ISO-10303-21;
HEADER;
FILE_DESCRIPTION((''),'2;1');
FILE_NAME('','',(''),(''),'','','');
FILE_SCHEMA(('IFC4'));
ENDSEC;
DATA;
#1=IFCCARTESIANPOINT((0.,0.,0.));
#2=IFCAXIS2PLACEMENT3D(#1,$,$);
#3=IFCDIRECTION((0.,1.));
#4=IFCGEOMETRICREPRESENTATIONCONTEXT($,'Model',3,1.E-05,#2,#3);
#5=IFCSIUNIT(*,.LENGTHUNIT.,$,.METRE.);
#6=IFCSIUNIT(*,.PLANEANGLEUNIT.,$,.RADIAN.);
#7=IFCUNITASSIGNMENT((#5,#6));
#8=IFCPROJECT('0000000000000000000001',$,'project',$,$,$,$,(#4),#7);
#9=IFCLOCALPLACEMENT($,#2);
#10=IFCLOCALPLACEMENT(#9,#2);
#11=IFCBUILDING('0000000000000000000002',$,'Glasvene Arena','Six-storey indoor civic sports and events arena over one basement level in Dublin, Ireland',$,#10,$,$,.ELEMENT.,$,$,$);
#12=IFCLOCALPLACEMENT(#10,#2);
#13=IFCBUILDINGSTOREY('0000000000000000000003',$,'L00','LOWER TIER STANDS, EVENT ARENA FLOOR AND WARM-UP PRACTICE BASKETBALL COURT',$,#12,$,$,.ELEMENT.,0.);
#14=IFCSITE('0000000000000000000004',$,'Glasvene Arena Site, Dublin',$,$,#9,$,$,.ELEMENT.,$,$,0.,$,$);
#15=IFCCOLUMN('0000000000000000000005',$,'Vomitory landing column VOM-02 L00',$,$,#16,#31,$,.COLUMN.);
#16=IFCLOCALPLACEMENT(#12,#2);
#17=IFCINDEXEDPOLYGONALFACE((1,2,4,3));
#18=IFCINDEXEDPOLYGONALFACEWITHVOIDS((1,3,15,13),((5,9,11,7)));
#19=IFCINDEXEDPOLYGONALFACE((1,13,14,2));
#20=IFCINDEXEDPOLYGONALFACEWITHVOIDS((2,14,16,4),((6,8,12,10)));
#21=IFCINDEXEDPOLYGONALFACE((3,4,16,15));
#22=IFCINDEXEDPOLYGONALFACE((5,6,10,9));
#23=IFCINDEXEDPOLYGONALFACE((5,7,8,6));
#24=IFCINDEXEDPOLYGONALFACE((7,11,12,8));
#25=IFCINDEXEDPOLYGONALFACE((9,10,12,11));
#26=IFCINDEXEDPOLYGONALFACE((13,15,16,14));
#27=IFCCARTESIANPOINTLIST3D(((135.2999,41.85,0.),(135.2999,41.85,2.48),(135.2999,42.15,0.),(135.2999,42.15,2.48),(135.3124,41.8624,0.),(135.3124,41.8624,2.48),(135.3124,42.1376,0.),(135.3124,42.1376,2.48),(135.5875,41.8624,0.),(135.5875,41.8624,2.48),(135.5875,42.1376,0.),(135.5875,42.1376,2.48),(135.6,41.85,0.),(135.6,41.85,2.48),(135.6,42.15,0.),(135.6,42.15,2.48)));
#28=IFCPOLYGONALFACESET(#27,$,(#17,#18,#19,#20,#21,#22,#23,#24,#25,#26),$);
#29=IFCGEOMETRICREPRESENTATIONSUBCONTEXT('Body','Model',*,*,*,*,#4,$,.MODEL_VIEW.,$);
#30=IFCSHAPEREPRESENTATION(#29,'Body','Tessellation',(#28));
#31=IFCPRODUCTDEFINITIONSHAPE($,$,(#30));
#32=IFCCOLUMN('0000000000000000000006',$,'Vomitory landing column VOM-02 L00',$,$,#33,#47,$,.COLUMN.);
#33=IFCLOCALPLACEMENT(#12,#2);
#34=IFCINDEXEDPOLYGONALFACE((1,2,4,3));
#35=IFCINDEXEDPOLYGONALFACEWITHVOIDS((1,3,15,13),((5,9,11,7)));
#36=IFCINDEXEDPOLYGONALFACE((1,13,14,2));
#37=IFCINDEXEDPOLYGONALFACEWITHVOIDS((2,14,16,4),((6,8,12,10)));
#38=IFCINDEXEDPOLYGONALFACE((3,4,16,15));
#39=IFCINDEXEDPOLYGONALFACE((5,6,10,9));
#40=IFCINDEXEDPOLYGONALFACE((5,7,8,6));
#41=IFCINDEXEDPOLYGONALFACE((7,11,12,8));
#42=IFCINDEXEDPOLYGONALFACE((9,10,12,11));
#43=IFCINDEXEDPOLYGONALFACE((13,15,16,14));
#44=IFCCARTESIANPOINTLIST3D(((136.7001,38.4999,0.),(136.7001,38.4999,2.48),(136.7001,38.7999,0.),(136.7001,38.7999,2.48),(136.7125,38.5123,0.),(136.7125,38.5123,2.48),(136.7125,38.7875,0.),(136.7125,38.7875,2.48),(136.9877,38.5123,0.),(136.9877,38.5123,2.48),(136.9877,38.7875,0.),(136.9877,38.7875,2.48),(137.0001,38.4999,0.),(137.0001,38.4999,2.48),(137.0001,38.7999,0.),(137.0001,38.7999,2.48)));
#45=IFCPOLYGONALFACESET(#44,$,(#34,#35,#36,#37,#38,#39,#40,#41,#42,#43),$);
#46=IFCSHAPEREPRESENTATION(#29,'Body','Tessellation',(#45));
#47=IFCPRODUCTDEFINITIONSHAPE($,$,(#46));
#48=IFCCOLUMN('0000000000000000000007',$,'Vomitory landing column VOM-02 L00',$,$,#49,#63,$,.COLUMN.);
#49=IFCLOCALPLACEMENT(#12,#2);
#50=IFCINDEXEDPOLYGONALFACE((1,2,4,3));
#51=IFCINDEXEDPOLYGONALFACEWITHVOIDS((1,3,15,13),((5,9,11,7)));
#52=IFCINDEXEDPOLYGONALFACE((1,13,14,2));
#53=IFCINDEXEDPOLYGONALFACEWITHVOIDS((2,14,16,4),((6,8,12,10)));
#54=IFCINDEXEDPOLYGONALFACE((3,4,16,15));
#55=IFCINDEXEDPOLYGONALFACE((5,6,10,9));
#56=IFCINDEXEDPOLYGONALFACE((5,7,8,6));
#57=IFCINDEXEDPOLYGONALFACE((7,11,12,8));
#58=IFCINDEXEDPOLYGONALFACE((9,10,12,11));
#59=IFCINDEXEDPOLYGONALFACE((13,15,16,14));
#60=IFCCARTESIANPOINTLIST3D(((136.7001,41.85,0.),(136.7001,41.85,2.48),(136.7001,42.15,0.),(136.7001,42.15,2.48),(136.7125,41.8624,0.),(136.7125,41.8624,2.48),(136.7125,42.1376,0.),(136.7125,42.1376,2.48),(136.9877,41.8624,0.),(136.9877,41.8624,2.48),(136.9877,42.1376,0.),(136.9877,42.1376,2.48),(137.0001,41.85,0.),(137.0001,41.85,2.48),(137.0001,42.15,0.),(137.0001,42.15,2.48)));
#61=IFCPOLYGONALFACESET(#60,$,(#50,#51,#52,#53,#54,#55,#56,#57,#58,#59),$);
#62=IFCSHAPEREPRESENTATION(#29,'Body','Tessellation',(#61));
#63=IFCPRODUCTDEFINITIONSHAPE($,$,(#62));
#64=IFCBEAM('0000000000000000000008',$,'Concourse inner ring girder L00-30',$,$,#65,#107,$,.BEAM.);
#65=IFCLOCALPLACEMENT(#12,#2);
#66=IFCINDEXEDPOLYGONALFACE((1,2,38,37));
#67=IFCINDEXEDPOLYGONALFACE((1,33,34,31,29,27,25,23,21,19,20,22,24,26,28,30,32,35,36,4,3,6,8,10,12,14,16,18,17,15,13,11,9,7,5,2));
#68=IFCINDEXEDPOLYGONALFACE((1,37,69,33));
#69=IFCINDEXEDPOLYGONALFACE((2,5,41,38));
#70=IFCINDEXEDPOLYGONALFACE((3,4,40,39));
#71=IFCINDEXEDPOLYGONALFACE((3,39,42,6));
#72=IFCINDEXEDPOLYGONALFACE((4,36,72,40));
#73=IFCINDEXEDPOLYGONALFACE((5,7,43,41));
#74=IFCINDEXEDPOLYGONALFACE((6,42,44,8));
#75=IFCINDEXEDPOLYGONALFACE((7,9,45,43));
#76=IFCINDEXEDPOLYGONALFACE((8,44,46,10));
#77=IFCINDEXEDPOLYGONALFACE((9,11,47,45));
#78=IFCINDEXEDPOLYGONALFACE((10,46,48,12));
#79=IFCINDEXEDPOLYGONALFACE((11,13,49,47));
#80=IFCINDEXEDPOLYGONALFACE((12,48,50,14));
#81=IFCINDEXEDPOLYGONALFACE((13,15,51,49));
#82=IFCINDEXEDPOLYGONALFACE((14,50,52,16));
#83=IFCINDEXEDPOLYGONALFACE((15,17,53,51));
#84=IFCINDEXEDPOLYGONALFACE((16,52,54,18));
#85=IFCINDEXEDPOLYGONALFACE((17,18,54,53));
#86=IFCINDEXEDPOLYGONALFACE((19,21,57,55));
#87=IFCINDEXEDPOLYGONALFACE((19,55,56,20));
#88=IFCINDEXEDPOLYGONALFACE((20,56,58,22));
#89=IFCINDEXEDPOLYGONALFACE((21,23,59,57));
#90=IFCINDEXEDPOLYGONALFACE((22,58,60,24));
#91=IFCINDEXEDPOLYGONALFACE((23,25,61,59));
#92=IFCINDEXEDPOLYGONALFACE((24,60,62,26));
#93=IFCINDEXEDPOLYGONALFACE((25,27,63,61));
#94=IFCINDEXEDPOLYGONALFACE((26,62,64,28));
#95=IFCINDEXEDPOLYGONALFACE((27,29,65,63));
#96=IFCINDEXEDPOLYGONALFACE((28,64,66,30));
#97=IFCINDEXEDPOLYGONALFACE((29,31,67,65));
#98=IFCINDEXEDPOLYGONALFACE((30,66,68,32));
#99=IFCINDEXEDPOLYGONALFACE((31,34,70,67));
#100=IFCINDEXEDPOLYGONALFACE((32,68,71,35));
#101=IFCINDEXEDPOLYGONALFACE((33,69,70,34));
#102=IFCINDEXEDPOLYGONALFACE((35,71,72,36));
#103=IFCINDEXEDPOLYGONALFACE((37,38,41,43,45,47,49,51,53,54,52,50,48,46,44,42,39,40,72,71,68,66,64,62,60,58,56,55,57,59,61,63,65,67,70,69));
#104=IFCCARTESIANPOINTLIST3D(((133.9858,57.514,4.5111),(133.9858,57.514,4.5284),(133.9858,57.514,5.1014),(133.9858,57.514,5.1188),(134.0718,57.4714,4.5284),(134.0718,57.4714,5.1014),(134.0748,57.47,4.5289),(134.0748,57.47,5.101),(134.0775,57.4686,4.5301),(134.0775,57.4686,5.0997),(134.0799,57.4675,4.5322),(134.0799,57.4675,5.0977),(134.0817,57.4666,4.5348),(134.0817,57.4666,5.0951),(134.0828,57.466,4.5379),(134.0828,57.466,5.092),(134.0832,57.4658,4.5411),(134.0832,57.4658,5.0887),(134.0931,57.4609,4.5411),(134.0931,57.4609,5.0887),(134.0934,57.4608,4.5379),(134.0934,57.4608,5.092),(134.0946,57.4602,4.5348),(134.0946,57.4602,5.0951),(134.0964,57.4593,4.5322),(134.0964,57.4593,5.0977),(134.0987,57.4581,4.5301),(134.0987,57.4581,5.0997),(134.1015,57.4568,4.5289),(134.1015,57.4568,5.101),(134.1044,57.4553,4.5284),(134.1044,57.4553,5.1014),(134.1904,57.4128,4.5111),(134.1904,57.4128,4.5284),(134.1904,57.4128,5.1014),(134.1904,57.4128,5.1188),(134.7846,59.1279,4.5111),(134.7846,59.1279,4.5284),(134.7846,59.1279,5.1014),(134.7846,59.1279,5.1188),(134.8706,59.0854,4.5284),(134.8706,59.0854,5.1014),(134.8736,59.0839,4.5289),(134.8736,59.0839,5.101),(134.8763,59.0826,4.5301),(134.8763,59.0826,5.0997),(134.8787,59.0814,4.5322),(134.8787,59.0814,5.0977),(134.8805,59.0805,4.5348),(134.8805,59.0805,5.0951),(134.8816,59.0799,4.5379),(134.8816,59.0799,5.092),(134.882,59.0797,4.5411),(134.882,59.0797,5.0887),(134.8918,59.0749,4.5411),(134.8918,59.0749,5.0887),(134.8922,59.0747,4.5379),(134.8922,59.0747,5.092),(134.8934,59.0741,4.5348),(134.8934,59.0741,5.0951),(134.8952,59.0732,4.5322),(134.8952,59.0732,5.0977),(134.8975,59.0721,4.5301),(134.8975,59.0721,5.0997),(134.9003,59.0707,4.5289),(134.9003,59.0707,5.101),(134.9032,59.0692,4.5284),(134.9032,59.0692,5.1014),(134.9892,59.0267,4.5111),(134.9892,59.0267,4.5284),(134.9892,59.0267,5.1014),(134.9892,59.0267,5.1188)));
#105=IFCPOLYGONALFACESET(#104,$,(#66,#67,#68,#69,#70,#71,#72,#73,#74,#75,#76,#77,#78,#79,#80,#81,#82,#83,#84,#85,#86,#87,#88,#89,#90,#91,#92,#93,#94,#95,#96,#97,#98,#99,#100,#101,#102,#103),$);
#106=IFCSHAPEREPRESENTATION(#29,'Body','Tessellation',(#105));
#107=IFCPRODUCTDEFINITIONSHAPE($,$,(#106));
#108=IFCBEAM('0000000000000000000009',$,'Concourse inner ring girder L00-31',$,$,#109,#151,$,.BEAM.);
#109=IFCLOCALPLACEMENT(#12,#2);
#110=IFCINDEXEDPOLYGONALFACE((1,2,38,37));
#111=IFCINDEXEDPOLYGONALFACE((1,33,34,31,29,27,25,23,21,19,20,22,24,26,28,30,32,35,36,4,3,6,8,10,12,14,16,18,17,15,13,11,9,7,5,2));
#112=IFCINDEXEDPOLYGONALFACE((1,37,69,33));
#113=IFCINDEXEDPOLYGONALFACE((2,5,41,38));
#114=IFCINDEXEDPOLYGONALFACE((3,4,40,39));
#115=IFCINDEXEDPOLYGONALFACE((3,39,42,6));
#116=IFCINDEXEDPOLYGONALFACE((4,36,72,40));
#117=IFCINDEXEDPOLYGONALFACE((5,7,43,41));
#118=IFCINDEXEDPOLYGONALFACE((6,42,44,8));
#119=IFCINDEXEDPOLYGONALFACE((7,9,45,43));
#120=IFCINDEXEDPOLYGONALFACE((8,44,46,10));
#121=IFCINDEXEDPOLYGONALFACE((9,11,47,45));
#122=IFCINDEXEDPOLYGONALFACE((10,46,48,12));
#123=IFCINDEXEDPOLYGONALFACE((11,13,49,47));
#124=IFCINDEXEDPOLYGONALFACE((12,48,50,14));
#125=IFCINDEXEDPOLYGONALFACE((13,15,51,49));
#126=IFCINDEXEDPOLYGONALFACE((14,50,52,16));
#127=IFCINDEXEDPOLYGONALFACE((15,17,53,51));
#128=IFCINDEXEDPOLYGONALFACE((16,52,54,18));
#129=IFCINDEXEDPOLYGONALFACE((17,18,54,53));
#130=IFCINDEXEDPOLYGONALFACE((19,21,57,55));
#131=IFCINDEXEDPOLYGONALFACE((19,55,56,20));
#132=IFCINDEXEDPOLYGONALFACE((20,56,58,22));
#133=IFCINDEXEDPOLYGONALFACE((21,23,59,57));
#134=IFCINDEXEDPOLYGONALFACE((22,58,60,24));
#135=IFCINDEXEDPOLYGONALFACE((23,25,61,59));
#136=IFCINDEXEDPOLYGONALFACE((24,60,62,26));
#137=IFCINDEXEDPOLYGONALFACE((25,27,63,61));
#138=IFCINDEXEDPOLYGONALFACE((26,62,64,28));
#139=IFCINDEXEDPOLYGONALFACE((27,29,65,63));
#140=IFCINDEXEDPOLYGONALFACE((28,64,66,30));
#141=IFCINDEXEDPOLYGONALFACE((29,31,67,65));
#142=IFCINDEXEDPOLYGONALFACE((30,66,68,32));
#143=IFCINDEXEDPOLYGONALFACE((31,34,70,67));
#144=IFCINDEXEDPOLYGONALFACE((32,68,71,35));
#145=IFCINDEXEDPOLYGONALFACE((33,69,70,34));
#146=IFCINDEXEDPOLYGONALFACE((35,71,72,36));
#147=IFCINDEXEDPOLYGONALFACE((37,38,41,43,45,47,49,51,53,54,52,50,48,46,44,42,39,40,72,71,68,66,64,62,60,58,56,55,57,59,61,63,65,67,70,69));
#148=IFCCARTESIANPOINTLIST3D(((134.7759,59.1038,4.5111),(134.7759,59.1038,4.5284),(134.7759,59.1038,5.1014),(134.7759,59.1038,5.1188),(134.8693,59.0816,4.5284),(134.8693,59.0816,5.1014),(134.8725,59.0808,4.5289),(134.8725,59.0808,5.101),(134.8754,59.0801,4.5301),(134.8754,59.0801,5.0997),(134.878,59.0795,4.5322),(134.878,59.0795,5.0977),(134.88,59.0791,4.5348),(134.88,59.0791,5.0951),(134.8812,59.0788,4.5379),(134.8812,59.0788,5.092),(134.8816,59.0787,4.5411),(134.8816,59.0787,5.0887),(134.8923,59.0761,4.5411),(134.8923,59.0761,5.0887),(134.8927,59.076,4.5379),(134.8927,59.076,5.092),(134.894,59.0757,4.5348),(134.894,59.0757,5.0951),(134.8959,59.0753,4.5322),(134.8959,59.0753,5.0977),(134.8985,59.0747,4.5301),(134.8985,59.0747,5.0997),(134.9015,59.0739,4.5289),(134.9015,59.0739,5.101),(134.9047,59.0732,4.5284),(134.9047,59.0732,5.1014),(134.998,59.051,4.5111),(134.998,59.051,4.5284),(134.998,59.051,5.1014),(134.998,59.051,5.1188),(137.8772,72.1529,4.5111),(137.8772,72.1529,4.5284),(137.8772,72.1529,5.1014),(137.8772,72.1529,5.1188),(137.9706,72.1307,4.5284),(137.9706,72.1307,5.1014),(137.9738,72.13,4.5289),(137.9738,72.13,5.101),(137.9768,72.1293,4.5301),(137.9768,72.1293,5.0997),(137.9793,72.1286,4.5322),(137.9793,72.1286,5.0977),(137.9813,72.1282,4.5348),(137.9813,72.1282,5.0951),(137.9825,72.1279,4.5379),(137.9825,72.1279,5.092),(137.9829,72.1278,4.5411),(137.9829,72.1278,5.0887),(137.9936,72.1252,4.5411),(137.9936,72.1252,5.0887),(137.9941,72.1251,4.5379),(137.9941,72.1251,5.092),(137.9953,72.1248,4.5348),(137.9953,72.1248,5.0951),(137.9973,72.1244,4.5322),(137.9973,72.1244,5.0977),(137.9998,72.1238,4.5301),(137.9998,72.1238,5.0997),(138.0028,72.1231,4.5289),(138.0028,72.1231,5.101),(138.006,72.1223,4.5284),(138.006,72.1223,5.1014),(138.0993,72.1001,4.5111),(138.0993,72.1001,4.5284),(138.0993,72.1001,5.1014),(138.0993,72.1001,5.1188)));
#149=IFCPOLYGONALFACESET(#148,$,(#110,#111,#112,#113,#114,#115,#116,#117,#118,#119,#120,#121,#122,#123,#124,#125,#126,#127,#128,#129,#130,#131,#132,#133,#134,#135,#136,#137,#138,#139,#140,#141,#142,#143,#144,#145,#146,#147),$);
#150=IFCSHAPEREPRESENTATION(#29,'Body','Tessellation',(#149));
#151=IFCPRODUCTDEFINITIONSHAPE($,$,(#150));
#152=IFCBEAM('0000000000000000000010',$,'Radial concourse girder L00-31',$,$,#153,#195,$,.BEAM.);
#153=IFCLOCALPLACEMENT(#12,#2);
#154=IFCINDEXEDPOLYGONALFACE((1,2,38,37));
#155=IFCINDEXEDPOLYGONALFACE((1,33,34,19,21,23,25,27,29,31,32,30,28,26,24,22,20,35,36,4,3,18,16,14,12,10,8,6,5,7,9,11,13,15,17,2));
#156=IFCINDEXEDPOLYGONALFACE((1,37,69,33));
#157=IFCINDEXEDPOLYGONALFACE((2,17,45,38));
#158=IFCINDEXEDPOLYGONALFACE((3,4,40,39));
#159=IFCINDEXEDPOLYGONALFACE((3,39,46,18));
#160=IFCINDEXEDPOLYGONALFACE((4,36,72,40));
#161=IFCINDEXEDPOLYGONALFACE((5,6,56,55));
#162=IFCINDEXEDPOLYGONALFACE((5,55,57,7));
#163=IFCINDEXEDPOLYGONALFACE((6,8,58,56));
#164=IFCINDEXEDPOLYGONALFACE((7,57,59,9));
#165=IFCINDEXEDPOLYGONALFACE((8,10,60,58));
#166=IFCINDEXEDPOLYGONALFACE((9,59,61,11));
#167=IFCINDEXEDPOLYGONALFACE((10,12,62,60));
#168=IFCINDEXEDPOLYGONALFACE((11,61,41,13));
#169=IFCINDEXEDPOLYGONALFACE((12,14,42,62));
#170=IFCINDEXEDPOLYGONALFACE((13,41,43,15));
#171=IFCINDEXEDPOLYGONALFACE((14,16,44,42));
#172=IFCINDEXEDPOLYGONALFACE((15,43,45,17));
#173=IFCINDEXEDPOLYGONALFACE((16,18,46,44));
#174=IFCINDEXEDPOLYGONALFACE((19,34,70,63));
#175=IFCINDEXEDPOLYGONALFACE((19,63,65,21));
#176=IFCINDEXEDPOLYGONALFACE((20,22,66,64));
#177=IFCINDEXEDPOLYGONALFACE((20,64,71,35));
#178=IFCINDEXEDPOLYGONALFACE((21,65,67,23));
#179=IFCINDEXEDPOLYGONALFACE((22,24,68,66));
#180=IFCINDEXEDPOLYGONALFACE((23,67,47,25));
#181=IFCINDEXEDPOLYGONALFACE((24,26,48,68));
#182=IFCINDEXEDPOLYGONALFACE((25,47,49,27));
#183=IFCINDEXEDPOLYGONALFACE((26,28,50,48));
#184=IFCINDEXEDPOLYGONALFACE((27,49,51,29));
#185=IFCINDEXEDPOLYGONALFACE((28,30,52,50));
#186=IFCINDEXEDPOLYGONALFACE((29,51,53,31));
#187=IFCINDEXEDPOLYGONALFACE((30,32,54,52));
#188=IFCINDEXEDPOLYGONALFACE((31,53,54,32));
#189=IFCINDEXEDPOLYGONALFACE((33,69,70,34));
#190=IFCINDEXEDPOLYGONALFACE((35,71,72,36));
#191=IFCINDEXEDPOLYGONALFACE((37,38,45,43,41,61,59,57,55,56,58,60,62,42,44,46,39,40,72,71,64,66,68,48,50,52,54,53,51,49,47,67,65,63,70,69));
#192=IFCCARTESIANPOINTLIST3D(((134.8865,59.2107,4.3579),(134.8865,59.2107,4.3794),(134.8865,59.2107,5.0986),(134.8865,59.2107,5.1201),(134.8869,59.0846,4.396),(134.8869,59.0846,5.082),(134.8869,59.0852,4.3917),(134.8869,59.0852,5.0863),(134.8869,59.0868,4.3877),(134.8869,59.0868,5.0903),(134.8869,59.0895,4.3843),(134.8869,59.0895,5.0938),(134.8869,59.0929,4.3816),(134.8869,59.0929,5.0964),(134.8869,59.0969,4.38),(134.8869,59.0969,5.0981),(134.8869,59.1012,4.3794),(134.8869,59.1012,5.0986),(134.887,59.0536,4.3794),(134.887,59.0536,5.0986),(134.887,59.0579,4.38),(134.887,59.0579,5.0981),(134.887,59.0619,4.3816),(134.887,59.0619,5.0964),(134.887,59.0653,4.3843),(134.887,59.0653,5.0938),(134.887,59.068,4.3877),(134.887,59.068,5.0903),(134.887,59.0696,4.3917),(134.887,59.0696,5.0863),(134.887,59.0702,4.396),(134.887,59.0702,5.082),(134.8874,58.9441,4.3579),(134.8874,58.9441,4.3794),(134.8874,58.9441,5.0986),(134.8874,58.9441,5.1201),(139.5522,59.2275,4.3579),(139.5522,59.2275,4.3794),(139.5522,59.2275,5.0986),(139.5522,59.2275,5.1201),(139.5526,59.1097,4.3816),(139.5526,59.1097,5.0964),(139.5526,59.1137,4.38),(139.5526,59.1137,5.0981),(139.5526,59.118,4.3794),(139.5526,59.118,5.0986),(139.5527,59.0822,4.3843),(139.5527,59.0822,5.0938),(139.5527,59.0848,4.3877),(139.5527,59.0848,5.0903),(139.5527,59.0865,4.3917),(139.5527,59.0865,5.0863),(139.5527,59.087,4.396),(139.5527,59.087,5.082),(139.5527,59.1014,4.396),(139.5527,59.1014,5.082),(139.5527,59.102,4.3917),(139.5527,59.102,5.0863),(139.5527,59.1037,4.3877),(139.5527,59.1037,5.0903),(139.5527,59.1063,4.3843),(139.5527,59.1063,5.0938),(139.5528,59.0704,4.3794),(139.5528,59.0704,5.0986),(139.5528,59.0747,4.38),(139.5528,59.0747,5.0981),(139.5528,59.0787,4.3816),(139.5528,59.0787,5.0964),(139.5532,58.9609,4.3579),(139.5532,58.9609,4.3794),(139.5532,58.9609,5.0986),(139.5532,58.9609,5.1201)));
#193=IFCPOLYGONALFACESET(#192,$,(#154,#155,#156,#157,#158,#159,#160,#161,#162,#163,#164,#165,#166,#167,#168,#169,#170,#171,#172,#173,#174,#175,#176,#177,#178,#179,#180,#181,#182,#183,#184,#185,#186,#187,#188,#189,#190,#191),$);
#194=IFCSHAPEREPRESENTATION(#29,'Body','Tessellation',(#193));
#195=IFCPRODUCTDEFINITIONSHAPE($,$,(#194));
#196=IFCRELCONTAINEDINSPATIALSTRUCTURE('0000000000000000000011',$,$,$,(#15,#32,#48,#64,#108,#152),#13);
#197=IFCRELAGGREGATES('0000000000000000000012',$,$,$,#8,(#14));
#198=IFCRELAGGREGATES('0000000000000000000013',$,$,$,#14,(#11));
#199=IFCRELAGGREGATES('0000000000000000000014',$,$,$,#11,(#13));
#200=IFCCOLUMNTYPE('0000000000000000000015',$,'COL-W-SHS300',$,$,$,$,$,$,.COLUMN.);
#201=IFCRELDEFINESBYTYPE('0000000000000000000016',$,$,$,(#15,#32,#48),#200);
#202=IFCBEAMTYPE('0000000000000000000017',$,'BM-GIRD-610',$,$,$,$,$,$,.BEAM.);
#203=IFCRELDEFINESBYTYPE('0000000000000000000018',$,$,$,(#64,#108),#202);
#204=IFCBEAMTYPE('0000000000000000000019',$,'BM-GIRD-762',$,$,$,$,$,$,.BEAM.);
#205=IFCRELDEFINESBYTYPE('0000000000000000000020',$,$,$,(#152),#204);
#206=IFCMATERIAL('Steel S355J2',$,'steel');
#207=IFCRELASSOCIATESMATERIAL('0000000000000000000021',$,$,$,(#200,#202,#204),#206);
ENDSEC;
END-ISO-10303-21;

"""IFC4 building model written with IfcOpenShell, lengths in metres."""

from ifc_helpers import new_model, si_unit, direction, frame, origin, origin_2d, place, context, subcontext, project, spatial, hollow_rectangle, i_section, extrude, material, material_profile, profile_set, type_object, element, save


model = new_model("IFC4")

# Units and contexts
model_context = context("Model", 3, precision=1e-05, world=origin(), true_north=direction((0.0, 1.0)))
body_context = subcontext(model_context, "Body", "Model", "MODEL_VIEW")
ifc_project = project(units=[si_unit("LENGTHUNIT", "METRE"), si_unit("PLANEANGLEUNIT", "RADIAN")], contexts=[model_context])

# Site, building, storey
site_placement = place(None, origin())
site = spatial("IfcSite", under=ifc_project, at=site_placement, Name="Glasvene Arena Site, Dublin", CompositionType="ELEMENT", RefElevation=0.0)
building_placement = place(site_placement, origin())
building = spatial("IfcBuilding", under=site, at=building_placement, Name="Glasvene Arena", Description="Six-storey indoor civic sports and events arena over one basement level in Dublin, Ireland", CompositionType="ELEMENT")
storey_placement = place(building_placement, origin())
storey = spatial("IfcBuildingStorey", under=building, at=storey_placement, Name="L00", Description="LOWER TIER STANDS, EVENT ARENA FLOOR AND WARM-UP PRACTICE BASKETBALL COURT", CompositionType="ELEMENT", Elevation=0.0)

# Columns
ifc_material_1 = material(Name="Steel S355J2", Category="steel")
ifc_material_profile_1 = material_profile(ifc_material_1, hollow_rectangle(XDim=0.3, YDim=0.3, WallThickness=0.0125, at=origin_2d()), Name="SHS 300x300x12.5")
ifc_profile_set_1 = profile_set([ifc_material_profile_1], Name="Steel S355J2")
column_type_1 = type_object("IfcColumnType", Name="COL-W-SHS300", PredefinedType="COLUMN", material=ifc_profile_set_1)
for number, where, z_axis, x_axis, name in (
    (1, (135.45, 42.0, 0.0), (0.0, 0.0, 1.0), (1.0, 0.0, 0.0), "Vomitory landing column VOM-02 L00"),
    (2, (136.8501, 38.6499, 0.0), (0.0, 0.0, 1.0), (1.0, 0.0, 0.0), "Vomitory landing column VOM-02 L00"),
    (3, (136.8501, 42.0, 0.0), (0.0, 0.0, 1.0), (1.0, 0.0, 0.0), "Vomitory landing column VOM-02 L00"),
):
    element("IfcColumn", number, at=place(storey_placement, frame(where, z_axis=z_axis, x_axis=x_axis)), inside=storey, type_object=column_type_1, Name=name, PredefinedType="COLUMN", context=body_context, shape_type="SweptSolid", body=[
        extrude(hollow_rectangle(XDim=0.3, YDim=0.3, WallThickness=0.0125, at=origin_2d()), origin(), (0.0, 0.0, 1.0), 2.48),
    ])

# Beams
ifc_material_profile_2 = material_profile(ifc_material_1, i_section(OverallWidth=0.2283, OverallDepth=0.6077, WebThickness=0.011, FlangeThickness=0.0173, FilletRadius=0.0127, at=origin_2d()), Name="UKB 610x229x113")
ifc_profile_set_2 = profile_set([ifc_material_profile_2], Name="Steel S355J2")
beam_type_1 = type_object("IfcBeamType", Name="BM-GIRD-610", PredefinedType="BEAM", material=ifc_profile_set_2)
beam_1_placement = place(storey_placement, frame((134.0881, 57.4634, 4.8149), z_axis=(0.443577, 0.896236, 0.0), x_axis=(-0.896236, 0.443577, 0.0)))
element("IfcBeam", 4, at=beam_1_placement, inside=storey, type_object=beam_type_1, Name="Concourse inner ring girder L00-30", PredefinedType="BEAM", context=body_context, shape_type="SweptSolid", body=[
    extrude(i_section(OverallWidth=0.2283, OverallDepth=0.6077, WebThickness=0.011, FlangeThickness=0.0173, FilletRadius=0.0127, at=origin_2d()), origin(), (0.0, 0.0, 1.0), 1.8008),
])
beam_2_placement = place(storey_placement, frame((134.887, 59.0774, 4.8149), z_axis=(0.231225, 0.9729, 0.0), x_axis=(-0.9729, 0.231225, 0.0)))
element("IfcBeam", 5, at=beam_2_placement, inside=storey, type_object=beam_type_1, Name="Concourse inner ring girder L00-31", PredefinedType="BEAM", context=body_context, shape_type="SweptSolid", body=[
    extrude(i_section(OverallWidth=0.2283, OverallDepth=0.6077, WebThickness=0.011, FlangeThickness=0.0173, FilletRadius=0.0127, at=origin_2d()), origin(), (0.0, 0.0, 1.0), 13.4126),
])
ifc_material_profile_3 = material_profile(ifc_material_1, i_section(OverallWidth=0.2666, OverallDepth=0.7622, WebThickness=0.0144, FlangeThickness=0.0215, FilletRadius=0.0166, at=origin_2d()), Name="UKB 762x267x173")
ifc_profile_set_3 = profile_set([ifc_material_profile_3], Name="Steel S355J2")
beam_type_2 = type_object("IfcBeamType", Name="BM-GIRD-762", PredefinedType="BEAM", material=ifc_profile_set_3)
beam_3_placement = place(storey_placement, frame((134.887, 59.0774, 4.739), z_axis=(0.999993, 0.00361, 0.0), x_axis=(-0.00361, 0.999993, 0.0)))
element("IfcBeam", 6, at=beam_3_placement, inside=storey, type_object=beam_type_2, Name="Radial concourse girder L00-31", PredefinedType="BEAM", context=body_context, shape_type="SweptSolid", body=[
    extrude(i_section(OverallWidth=0.2666, OverallDepth=0.7622, WebThickness=0.0144, FlangeThickness=0.0215, FilletRadius=0.0166, at=origin_2d()), origin(), (0.0, 0.0, 1.0), 4.6658),
])

save(model, "model.ifc")
